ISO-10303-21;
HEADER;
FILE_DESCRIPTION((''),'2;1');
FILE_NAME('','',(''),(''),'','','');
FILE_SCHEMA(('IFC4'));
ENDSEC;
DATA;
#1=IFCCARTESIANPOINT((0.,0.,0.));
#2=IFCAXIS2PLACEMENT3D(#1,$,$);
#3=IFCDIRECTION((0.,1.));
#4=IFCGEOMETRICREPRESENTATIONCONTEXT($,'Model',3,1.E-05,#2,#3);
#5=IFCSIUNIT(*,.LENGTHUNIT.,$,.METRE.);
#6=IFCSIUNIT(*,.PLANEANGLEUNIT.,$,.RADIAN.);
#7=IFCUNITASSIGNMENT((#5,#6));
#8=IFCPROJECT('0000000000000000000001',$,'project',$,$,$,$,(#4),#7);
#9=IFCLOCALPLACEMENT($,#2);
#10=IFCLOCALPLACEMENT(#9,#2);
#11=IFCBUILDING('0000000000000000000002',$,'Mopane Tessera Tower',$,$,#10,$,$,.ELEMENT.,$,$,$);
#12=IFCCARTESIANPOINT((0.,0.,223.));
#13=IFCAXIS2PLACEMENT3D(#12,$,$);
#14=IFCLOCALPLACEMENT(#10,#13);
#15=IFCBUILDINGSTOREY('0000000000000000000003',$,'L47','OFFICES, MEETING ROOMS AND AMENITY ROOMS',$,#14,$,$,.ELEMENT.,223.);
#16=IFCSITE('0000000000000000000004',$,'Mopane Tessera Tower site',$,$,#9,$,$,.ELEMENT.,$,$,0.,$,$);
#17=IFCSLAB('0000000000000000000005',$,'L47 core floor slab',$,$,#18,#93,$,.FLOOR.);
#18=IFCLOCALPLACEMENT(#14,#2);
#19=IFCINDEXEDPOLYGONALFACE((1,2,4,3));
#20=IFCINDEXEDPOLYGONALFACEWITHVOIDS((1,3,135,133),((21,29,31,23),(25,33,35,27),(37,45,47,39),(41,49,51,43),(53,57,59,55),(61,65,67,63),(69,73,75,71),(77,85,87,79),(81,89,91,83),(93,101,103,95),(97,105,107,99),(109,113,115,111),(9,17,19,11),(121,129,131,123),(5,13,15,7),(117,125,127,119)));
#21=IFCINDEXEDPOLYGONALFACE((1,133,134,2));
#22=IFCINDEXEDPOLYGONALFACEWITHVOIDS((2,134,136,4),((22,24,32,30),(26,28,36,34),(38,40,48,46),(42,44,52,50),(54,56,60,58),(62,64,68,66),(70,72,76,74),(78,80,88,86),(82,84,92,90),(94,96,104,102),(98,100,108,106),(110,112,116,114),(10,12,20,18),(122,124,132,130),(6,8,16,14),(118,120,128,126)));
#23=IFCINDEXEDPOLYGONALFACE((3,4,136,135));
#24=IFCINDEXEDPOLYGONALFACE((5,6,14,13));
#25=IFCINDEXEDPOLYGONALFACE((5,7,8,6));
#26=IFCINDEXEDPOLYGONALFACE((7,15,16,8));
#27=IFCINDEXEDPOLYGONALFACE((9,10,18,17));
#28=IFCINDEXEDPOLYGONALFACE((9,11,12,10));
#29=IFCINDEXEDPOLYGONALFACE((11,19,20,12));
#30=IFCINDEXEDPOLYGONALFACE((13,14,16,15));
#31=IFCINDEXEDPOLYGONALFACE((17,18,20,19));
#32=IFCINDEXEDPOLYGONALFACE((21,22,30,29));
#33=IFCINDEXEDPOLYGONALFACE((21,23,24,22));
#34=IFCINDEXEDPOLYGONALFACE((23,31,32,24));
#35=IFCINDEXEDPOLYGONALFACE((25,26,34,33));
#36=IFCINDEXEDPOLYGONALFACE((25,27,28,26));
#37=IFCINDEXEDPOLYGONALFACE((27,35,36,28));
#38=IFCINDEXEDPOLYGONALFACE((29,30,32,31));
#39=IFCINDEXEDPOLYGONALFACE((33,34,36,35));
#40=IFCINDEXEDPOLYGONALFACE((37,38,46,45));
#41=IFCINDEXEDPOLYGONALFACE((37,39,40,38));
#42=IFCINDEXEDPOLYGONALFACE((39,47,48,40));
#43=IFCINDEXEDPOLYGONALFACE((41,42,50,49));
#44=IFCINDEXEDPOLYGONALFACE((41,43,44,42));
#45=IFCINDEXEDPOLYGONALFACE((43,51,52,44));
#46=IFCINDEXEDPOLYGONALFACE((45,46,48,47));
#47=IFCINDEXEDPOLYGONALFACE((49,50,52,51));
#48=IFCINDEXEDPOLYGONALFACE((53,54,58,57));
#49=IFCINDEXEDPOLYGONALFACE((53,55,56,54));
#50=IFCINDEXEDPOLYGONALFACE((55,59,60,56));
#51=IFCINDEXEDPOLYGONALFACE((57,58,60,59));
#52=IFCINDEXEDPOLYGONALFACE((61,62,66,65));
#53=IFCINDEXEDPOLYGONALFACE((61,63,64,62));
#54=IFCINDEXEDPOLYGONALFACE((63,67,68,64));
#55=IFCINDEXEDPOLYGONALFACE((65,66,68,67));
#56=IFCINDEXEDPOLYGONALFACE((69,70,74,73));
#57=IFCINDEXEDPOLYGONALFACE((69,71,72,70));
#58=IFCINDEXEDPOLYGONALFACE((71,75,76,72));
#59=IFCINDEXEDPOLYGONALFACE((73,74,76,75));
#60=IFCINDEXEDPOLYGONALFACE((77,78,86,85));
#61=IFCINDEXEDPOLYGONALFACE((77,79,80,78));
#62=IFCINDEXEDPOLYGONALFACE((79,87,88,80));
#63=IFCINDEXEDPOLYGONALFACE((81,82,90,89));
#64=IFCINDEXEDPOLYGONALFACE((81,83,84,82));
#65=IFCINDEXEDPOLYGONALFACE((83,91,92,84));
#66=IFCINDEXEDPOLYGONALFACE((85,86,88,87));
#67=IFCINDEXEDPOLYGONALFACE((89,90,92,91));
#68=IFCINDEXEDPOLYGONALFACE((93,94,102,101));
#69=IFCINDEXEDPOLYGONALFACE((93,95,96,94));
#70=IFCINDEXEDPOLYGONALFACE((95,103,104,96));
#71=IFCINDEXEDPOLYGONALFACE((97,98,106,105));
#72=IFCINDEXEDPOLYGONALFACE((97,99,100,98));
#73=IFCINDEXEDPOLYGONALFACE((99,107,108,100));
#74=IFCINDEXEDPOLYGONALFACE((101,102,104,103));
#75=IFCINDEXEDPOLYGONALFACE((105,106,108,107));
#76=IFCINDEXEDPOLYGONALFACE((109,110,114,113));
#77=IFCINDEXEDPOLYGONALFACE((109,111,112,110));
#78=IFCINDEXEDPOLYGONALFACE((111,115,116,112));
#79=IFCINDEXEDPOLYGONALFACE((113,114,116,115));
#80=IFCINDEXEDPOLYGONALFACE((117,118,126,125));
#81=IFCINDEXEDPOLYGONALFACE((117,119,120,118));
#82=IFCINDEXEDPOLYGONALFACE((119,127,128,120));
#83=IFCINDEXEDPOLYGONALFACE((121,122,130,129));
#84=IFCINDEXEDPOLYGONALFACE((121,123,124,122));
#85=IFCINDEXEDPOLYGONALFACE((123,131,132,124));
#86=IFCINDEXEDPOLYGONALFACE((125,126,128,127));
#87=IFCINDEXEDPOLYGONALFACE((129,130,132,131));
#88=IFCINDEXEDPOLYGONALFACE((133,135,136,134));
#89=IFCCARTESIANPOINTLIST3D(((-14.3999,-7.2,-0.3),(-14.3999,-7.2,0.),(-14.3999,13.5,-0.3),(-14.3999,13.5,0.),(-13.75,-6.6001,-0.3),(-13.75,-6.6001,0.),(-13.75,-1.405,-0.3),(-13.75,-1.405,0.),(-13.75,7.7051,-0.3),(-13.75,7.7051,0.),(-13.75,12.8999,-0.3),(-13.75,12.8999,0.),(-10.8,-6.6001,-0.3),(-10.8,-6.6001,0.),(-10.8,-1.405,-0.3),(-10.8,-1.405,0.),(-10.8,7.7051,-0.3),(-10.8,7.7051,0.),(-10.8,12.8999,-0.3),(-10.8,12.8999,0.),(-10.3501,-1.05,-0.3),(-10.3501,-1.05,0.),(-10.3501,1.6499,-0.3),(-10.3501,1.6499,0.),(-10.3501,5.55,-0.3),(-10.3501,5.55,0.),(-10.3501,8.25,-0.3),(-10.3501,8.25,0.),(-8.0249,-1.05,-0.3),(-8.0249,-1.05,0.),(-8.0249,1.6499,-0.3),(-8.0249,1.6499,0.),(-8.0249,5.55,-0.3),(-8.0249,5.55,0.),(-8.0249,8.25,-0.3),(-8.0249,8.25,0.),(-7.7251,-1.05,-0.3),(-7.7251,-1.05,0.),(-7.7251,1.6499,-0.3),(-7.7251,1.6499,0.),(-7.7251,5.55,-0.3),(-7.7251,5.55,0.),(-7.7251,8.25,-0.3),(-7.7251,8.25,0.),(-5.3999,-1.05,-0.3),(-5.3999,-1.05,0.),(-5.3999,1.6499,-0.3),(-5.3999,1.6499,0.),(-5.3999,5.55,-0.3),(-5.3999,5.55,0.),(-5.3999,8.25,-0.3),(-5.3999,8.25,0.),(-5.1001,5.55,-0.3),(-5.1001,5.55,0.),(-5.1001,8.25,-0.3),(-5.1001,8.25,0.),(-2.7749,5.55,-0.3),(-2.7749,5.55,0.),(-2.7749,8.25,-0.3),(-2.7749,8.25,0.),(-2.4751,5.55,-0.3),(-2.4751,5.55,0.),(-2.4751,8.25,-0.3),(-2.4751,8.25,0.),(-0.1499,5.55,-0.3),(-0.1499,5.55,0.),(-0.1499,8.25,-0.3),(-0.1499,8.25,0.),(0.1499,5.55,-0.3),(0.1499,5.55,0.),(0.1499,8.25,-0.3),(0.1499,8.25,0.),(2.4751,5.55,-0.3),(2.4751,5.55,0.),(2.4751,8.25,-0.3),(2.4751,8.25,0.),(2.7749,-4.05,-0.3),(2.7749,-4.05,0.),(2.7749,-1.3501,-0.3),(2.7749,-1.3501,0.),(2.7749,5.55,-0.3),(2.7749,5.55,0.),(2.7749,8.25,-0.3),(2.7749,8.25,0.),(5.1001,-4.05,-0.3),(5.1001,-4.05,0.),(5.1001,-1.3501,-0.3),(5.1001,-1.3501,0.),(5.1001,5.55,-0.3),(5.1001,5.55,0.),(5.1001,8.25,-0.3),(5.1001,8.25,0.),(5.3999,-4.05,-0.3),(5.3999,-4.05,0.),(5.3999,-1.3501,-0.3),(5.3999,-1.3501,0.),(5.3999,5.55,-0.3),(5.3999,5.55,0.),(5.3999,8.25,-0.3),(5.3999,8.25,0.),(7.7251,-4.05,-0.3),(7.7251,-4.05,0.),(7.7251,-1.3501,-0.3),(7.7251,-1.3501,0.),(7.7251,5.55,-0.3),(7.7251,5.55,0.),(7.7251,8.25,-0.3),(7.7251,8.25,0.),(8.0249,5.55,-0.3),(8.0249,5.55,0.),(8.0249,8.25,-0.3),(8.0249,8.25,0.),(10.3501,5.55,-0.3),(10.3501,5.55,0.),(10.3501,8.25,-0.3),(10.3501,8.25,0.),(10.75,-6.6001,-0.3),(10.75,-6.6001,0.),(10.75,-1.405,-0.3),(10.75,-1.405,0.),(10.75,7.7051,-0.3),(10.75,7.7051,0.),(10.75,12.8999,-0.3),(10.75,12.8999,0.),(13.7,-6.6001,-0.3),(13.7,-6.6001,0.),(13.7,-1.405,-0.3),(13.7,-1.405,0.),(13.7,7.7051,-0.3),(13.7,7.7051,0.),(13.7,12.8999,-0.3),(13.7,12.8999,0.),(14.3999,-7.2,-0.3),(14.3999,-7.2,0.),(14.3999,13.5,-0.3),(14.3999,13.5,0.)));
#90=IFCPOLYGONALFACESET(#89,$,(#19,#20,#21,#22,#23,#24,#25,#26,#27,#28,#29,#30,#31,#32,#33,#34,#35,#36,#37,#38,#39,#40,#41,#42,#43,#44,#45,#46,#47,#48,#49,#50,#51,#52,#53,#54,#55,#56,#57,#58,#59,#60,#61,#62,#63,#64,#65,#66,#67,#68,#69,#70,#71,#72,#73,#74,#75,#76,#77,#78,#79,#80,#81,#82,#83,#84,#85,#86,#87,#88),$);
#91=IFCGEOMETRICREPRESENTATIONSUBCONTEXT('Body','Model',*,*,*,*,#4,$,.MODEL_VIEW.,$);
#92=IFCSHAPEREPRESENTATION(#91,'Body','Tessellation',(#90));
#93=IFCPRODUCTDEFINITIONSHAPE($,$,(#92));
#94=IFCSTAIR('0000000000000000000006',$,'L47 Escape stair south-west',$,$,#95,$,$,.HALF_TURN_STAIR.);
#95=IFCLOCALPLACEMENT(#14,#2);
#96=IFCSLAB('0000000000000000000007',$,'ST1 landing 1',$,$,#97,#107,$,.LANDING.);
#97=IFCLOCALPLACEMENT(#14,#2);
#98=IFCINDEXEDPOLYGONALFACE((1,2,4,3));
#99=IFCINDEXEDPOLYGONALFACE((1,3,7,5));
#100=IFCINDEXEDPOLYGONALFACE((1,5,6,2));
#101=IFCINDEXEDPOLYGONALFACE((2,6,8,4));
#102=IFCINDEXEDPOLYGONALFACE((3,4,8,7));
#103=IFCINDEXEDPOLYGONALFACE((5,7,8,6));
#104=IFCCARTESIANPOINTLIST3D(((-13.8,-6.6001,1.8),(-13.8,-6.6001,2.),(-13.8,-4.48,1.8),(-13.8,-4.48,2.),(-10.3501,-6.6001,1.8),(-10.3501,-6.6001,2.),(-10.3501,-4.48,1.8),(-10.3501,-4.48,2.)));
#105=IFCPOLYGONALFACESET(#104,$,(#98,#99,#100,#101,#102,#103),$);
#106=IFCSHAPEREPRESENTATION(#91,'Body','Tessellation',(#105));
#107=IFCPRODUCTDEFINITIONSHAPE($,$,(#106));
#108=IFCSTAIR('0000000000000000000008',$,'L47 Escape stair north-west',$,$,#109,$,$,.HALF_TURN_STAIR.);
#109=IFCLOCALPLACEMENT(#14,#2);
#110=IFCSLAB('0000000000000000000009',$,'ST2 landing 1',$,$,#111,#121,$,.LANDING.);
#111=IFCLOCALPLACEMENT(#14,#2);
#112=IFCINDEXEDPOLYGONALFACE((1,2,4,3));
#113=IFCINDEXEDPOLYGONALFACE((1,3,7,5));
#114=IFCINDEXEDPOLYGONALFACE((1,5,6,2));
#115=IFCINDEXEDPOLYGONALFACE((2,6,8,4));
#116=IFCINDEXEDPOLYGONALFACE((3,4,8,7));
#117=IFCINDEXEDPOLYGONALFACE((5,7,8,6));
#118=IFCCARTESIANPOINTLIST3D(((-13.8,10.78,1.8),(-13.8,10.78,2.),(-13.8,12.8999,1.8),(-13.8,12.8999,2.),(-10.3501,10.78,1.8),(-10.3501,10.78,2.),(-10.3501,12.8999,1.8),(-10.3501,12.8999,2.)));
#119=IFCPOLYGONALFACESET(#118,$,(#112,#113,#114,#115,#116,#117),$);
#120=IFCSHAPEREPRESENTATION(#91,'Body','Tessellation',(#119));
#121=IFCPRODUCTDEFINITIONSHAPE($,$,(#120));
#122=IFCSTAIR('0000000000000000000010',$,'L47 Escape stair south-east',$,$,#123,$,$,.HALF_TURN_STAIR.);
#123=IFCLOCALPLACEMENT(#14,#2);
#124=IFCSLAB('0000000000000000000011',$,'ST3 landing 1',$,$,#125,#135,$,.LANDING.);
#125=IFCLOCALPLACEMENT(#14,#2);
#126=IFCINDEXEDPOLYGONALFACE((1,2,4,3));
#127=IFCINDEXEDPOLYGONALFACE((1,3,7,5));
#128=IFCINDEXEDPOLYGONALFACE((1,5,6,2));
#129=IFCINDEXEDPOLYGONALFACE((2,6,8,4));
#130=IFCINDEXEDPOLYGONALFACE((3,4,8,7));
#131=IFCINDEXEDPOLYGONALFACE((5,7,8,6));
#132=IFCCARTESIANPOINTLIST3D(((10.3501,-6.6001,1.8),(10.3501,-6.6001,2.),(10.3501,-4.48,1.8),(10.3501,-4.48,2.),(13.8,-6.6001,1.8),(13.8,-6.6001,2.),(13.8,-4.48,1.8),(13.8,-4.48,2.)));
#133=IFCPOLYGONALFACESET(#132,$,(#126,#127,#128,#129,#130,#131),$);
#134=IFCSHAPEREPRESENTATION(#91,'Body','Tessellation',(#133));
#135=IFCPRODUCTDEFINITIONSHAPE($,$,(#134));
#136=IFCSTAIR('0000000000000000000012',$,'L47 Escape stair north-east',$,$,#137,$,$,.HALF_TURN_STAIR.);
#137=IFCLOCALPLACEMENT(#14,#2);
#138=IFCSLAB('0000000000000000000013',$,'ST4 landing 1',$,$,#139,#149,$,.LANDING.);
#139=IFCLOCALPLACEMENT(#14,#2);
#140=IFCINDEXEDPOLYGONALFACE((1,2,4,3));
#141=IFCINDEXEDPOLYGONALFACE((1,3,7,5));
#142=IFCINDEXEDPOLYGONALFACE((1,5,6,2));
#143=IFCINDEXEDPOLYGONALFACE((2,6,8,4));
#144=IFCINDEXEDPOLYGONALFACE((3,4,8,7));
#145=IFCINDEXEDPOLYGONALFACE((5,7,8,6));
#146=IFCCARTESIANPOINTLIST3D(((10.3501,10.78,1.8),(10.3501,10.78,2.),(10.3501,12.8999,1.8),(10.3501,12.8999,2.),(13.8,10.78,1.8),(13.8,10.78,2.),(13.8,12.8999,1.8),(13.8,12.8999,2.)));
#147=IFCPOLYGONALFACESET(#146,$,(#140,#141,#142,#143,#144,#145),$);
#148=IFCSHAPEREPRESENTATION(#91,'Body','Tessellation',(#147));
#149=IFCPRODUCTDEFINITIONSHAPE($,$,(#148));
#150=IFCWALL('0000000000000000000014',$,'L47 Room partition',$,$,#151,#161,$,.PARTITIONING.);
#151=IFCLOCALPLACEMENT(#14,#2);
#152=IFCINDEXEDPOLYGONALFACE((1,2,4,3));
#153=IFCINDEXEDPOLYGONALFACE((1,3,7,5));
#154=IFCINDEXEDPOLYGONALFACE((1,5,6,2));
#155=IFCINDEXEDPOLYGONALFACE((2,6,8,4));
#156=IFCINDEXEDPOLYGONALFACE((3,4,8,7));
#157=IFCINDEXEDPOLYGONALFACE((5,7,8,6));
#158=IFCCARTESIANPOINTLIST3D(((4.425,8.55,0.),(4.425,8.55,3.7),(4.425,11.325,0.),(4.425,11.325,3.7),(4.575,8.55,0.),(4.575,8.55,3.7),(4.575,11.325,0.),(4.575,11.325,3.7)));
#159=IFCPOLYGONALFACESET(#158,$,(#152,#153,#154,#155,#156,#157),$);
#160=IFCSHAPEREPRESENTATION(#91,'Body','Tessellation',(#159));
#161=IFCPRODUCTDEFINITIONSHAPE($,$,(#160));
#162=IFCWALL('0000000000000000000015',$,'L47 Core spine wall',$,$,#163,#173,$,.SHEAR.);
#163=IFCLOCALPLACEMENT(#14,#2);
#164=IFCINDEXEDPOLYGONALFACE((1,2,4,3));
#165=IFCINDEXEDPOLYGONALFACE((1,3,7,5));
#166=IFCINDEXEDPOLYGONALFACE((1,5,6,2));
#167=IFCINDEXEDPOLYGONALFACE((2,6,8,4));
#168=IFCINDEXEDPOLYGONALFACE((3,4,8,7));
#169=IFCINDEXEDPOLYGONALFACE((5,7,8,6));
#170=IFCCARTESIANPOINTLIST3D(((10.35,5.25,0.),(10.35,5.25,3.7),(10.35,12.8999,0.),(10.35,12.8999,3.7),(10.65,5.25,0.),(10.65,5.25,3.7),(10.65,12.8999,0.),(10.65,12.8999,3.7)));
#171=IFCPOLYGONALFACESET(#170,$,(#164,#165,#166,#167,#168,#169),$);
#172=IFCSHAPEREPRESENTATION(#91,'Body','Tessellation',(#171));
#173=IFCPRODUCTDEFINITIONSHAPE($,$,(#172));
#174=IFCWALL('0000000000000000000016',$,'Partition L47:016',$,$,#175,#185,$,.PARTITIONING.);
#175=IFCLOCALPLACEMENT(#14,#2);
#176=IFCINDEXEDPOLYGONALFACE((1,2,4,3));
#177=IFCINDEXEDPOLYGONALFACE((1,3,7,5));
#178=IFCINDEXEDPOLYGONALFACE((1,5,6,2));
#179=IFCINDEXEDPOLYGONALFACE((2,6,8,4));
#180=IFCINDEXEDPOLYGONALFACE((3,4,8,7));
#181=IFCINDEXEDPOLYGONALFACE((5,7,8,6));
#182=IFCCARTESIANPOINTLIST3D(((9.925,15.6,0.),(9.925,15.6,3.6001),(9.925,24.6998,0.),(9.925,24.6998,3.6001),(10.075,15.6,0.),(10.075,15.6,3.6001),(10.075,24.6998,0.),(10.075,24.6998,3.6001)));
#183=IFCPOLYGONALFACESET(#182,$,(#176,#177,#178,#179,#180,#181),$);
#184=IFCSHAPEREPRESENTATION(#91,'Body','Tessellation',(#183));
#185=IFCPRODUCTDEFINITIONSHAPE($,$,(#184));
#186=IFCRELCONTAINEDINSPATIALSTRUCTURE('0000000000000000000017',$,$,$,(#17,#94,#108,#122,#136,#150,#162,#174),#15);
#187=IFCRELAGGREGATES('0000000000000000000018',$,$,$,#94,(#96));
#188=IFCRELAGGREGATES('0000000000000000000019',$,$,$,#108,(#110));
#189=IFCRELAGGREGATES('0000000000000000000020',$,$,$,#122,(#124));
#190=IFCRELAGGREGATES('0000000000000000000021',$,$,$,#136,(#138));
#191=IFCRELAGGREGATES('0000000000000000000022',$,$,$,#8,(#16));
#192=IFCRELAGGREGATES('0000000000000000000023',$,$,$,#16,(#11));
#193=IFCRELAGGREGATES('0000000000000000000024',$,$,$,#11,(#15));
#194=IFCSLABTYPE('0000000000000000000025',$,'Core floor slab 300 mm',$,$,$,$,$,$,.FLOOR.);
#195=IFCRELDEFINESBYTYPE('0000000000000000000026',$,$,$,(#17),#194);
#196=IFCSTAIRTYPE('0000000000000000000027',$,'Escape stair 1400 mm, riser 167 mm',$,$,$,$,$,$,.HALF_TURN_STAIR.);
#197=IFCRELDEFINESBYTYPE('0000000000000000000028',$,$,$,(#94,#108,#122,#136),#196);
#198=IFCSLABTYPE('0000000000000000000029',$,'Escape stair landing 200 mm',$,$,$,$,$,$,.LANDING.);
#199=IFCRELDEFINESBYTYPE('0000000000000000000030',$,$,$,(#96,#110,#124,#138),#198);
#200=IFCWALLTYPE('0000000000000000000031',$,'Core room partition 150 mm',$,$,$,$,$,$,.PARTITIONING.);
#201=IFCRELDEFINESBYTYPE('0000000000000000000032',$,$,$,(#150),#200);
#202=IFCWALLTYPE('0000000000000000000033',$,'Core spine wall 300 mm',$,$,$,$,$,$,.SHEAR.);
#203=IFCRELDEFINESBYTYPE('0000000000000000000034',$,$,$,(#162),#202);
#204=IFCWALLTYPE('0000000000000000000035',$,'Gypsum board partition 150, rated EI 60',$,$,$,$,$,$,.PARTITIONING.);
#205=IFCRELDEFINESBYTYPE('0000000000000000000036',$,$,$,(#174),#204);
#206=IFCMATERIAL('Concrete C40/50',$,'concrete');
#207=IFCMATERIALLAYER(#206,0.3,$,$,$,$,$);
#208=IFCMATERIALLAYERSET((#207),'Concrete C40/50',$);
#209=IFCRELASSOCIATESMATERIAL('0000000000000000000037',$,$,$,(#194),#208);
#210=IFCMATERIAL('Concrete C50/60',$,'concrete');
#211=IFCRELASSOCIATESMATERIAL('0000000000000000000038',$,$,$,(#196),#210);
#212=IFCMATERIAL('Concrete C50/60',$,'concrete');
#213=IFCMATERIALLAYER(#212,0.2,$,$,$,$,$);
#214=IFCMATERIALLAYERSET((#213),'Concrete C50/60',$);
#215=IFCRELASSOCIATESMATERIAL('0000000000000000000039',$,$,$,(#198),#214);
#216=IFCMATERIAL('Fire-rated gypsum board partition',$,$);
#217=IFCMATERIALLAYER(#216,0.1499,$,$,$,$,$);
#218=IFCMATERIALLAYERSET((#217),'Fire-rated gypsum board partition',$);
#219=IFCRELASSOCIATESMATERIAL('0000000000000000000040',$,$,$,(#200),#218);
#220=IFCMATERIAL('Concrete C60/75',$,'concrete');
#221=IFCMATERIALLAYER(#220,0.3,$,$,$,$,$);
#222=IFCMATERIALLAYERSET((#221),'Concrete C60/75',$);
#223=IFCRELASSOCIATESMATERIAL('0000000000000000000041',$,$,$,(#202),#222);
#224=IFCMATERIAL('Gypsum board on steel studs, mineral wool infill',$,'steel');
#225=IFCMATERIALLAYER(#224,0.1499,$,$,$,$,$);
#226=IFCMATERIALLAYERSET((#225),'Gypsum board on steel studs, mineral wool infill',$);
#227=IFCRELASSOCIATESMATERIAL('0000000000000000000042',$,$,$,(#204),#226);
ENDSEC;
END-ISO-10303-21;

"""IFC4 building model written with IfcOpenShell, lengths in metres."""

from ifc_helpers import new_model, si_unit, direction, frame, frame_2d, origin, place, context, subcontext, project, spatial, polyline, rectangle, outline, extrude, material, layer, layer_set, type_object, element, aggregate, save


model = new_model("IFC4")

# Units and contexts
model_context = context("Model", 3, precision=1e-05, world=origin(), true_north=direction((0.0, 1.0)))
body_context = subcontext(model_context, "Body", "Model", "MODEL_VIEW")
ifc_project = project(units=[si_unit("LENGTHUNIT", "METRE"), si_unit("PLANEANGLEUNIT", "RADIAN")], contexts=[model_context])

# Site, building, storey
site_placement = place(None, origin())
site = spatial("IfcSite", under=ifc_project, at=site_placement, Name="Mopane Tessera Tower site", CompositionType="ELEMENT", RefElevation=0.0)
building_placement = place(site_placement, origin())
building = spatial("IfcBuilding", under=site, at=building_placement, Name="Mopane Tessera Tower", CompositionType="ELEMENT")
storey_placement = place(building_placement, frame((0.0, 0.0, 223.0)))
storey = spatial("IfcBuildingStorey", under=building, at=storey_placement, Name="L47", Description="OFFICES, MEETING ROOMS AND AMENITY ROOMS", CompositionType="ELEMENT", Elevation=223.0)

# Slab
ifc_material_1 = material(Name="Concrete C40/50", Category="concrete")
ifc_layer_1 = layer(ifc_material_1, 0.3)
ifc_layer_set_1 = layer_set([ifc_layer_1], Name="Concrete C40/50")
slab_type_1 = type_object("IfcSlabType", Name="Core floor slab 300 mm", PredefinedType="FLOOR", material=ifc_layer_set_1)
slab_1_placement = place(storey_placement, frame((0.0, 0.0, -0.3)))
element("IfcSlab", 1, at=slab_1_placement, inside=storey, type_object=slab_type_1, Name="L47 core floor slab", PredefinedType="FLOOR", context=body_context, shape_type="SweptSolid", body=[
    extrude(outline(polyline([(-14.3999, -7.2), (14.3999, -7.2), (14.3999, 13.5), (-14.3999, 13.5), (-14.3999, -7.2)]), holes=[polyline([(-10.3501, -1.05), (-8.0249, -1.05), (-8.0249, 1.6499), (-10.3501, 1.6499), (-10.3501, -1.05)]), polyline([(-7.7251, -1.05), (-5.3999, -1.05), (-5.3999, 1.6499), (-7.7251, 1.6499), (-7.7251, -1.05)]), polyline([(-10.3501, 5.55), (-8.0249, 5.55), (-8.0249, 8.25), (-10.3501, 8.25), (-10.3501, 5.55)]), polyline([(-7.7251, 5.55), (-5.3999, 5.55), (-5.3999, 8.25), (-7.7251, 8.25), (-7.7251, 5.55)]), polyline([(-5.1001, 5.55), (-2.7749, 5.55), (-2.7749, 8.25), (-5.1001, 8.25), (-5.1001, 5.55)]), polyline([(-2.4751, 5.55), (-0.1499, 5.55), (-0.1499, 8.25), (-2.4751, 8.25), (-2.4751, 5.55)]), polyline([(0.1499, 5.55), (2.4751, 5.55), (2.4751, 8.25), (0.1499, 8.25), (0.1499, 5.55)]), polyline([(2.7749, 5.55), (5.1001, 5.55), (5.1001, 8.25), (2.7749, 8.25), (2.7749, 5.55)]), polyline([(5.3999, 5.55), (7.7251, 5.55), (7.7251, 8.25), (5.3999, 8.25), (5.3999, 5.55)]), polyline([(8.0249, 5.55), (10.3501, 5.55), (10.3501, 8.25), (8.0249, 8.25), (8.0249, 5.55)]), polyline([(2.7749, -4.05), (5.1001, -4.05), (5.1001, -1.3501), (2.7749, -1.3501), (2.7749, -4.05)]), polyline([(5.3999, -4.05), (7.7251, -4.05), (7.7251, -1.3501), (5.3999, -1.3501), (5.3999, -4.05)]), polyline([(-13.75, -1.405), (-13.75, -6.6001), (-10.8, -6.6001), (-10.8, -1.405), (-13.75, -1.405)]), polyline([(-10.8, 7.7051), (-10.8, 12.8999), (-13.75, 12.8999), (-13.75, 7.7051), (-10.8, 7.7051)]), polyline([(10.75, -1.405), (10.75, -6.6001), (13.7, -6.6001), (13.7, -1.405), (10.75, -1.405)]), polyline([(13.7, 7.7051), (13.7, 12.8999), (10.75, 12.8999), (10.75, 7.7051), (13.7, 7.7051)])]), origin(), (0.0, 0.0, 1.0), 0.3),
])

# Stairs, slabs
ifc_material_2 = material(Name="Concrete C50/60", Category="concrete")
stair_type = type_object("IfcStairType", Name="Escape stair 1400 mm, riser 167 mm", PredefinedType="HALF_TURN_STAIR", material=ifc_material_2)
stair_1_placement = place(storey_placement, origin())
stair_1 = element("IfcStair", 2, at=stair_1_placement, inside=storey, type_object=stair_type, Name="L47 Escape stair south-west", PredefinedType="HALF_TURN_STAIR")
ifc_material_3 = material(Name="Concrete C50/60", Category="concrete")
ifc_layer_2 = layer(ifc_material_3, 0.2)
ifc_layer_set_2 = layer_set([ifc_layer_2], Name="Concrete C50/60")
slab_type_2 = type_object("IfcSlabType", Name="Escape stair landing 200 mm", PredefinedType="LANDING", material=ifc_layer_set_2)
slab_2_placement = place(storey_placement, frame((0.0, 0.0, 1.8)))
slab_2 = element("IfcSlab", 3, at=slab_2_placement, type_object=slab_type_2, Name="ST1 landing 1", PredefinedType="LANDING", context=body_context, shape_type="SweptSolid", body=[
    extrude(outline(polyline([(-13.8, -4.48), (-13.8, -6.6001), (-10.3501, -6.6001), (-10.3501, -4.48), (-13.8, -4.48)])), origin(), (0.0, 0.0, 1.0), 0.2),
])
aggregate(stair_1, [slab_2])
stair_2_placement = place(storey_placement, origin())
stair_2 = element("IfcStair", 4, at=stair_2_placement, inside=storey, type_object=stair_type, Name="L47 Escape stair north-west", PredefinedType="HALF_TURN_STAIR")
slab_3_placement = place(storey_placement, frame((0.0, 0.0, 1.8)))
slab_3 = element("IfcSlab", 5, at=slab_3_placement, type_object=slab_type_2, Name="ST2 landing 1", PredefinedType="LANDING", context=body_context, shape_type="SweptSolid", body=[
    extrude(outline(polyline([(-10.3501, 10.78), (-10.3501, 12.8999), (-13.8, 12.8999), (-13.8, 10.78), (-10.3501, 10.78)])), origin(), (0.0, 0.0, 1.0), 0.2),
])
aggregate(stair_2, [slab_3])
stair_3_placement = place(storey_placement, origin())
stair_3 = element("IfcStair", 6, at=stair_3_placement, inside=storey, type_object=stair_type, Name="L47 Escape stair south-east", PredefinedType="HALF_TURN_STAIR")
slab_4_placement = place(storey_placement, frame((0.0, 0.0, 1.8)))
slab_4 = element("IfcSlab", 7, at=slab_4_placement, type_object=slab_type_2, Name="ST3 landing 1", PredefinedType="LANDING", context=body_context, shape_type="SweptSolid", body=[
    extrude(outline(polyline([(10.3501, -4.48), (10.3501, -6.6001), (13.8, -6.6001), (13.8, -4.48), (10.3501, -4.48)])), origin(), (0.0, 0.0, 1.0), 0.2),
])
aggregate(stair_3, [slab_4])
stair_4_placement = place(storey_placement, origin())
stair_4 = element("IfcStair", 8, at=stair_4_placement, inside=storey, type_object=stair_type, Name="L47 Escape stair north-east", PredefinedType="HALF_TURN_STAIR")
slab_5_placement = place(storey_placement, frame((0.0, 0.0, 1.8)))
slab_5 = element("IfcSlab", 9, at=slab_5_placement, type_object=slab_type_2, Name="ST4 landing 1", PredefinedType="LANDING", context=body_context, shape_type="SweptSolid", body=[
    extrude(outline(polyline([(13.8, 10.78), (13.8, 12.8999), (10.3501, 12.8999), (10.3501, 10.78), (13.8, 10.78)])), origin(), (0.0, 0.0, 1.0), 0.2),
])

# Walls
ifc_material_4 = material(Name="Fire-rated gypsum board partition")
ifc_layer_3 = layer(ifc_material_4, 0.1499)
ifc_layer_set_3 = layer_set([ifc_layer_3], Name="Fire-rated gypsum board partition")
wall_type_1 = type_object("IfcWallType", Name="Core room partition 150 mm", PredefinedType="PARTITIONING", material=ifc_layer_set_3)
wall_1_placement = place(storey_placement, frame((4.5, 8.55, 0.0), z_axis=(0.0, 0.0, 1.0), x_axis=(0.0, 1.0, 0.0)))
element("IfcWall", 10, at=wall_1_placement, inside=storey, type_object=wall_type_1, Name="L47 Room partition", PredefinedType="PARTITIONING", context=body_context, shape_type="SweptSolid", body=[
    extrude(rectangle(XDim=2.7749, YDim=0.1499, at=frame_2d((1.3875, 0.0))), origin(), (0.0, 0.0, 1.0), 3.7),
])
ifc_material_5 = material(Name="Concrete C60/75", Category="concrete")
ifc_layer_4 = layer(ifc_material_5, 0.3)
ifc_layer_set_4 = layer_set([ifc_layer_4], Name="Concrete C60/75")
wall_type_2 = type_object("IfcWallType", Name="Core spine wall 300 mm", PredefinedType="SHEAR", material=ifc_layer_set_4)
wall_2_placement = place(storey_placement, frame((10.5, 5.25, 0.0), z_axis=(0.0, 0.0, 1.0), x_axis=(0.0, 1.0, 0.0)))
element("IfcWall", 11, at=wall_2_placement, inside=storey, type_object=wall_type_2, Name="L47 Core spine wall", PredefinedType="SHEAR", context=body_context, shape_type="SweptSolid", body=[
    extrude(rectangle(XDim=7.6499, YDim=0.3, at=frame_2d((3.825, 0.0))), origin(), (0.0, 0.0, 1.0), 3.7),
])
ifc_material_6 = material(Name="Gypsum board on steel studs, mineral wool infill", Category="steel")
ifc_layer_5 = layer(ifc_material_6, 0.1499)
ifc_layer_set_5 = layer_set([ifc_layer_5], Name="Gypsum board on steel studs, mineral wool infill")
wall_type_3 = type_object("IfcWallType", Name="Gypsum board partition 150, rated EI 60", PredefinedType="PARTITIONING", material=ifc_layer_set_5)
wall_3_placement = place(storey_placement, frame((10.0, 15.6001, 0.0), z_axis=(0.0, 0.0, 1.0), x_axis=(0.0, 1.0, 0.0)))
element("IfcWall", 12, at=wall_3_placement, inside=storey, type_object=wall_type_3, Name="Partition L47:016", PredefinedType="PARTITIONING", context=body_context, shape_type="SweptSolid", body=[
    extrude(rectangle(XDim=9.0999, YDim=0.1499, at=frame_2d((4.5498, 0.0))), origin(), (0.0, 0.0, 1.0), 3.6001),
])

aggregate(stair_4, [slab_5])

save(model, "model.ifc")
